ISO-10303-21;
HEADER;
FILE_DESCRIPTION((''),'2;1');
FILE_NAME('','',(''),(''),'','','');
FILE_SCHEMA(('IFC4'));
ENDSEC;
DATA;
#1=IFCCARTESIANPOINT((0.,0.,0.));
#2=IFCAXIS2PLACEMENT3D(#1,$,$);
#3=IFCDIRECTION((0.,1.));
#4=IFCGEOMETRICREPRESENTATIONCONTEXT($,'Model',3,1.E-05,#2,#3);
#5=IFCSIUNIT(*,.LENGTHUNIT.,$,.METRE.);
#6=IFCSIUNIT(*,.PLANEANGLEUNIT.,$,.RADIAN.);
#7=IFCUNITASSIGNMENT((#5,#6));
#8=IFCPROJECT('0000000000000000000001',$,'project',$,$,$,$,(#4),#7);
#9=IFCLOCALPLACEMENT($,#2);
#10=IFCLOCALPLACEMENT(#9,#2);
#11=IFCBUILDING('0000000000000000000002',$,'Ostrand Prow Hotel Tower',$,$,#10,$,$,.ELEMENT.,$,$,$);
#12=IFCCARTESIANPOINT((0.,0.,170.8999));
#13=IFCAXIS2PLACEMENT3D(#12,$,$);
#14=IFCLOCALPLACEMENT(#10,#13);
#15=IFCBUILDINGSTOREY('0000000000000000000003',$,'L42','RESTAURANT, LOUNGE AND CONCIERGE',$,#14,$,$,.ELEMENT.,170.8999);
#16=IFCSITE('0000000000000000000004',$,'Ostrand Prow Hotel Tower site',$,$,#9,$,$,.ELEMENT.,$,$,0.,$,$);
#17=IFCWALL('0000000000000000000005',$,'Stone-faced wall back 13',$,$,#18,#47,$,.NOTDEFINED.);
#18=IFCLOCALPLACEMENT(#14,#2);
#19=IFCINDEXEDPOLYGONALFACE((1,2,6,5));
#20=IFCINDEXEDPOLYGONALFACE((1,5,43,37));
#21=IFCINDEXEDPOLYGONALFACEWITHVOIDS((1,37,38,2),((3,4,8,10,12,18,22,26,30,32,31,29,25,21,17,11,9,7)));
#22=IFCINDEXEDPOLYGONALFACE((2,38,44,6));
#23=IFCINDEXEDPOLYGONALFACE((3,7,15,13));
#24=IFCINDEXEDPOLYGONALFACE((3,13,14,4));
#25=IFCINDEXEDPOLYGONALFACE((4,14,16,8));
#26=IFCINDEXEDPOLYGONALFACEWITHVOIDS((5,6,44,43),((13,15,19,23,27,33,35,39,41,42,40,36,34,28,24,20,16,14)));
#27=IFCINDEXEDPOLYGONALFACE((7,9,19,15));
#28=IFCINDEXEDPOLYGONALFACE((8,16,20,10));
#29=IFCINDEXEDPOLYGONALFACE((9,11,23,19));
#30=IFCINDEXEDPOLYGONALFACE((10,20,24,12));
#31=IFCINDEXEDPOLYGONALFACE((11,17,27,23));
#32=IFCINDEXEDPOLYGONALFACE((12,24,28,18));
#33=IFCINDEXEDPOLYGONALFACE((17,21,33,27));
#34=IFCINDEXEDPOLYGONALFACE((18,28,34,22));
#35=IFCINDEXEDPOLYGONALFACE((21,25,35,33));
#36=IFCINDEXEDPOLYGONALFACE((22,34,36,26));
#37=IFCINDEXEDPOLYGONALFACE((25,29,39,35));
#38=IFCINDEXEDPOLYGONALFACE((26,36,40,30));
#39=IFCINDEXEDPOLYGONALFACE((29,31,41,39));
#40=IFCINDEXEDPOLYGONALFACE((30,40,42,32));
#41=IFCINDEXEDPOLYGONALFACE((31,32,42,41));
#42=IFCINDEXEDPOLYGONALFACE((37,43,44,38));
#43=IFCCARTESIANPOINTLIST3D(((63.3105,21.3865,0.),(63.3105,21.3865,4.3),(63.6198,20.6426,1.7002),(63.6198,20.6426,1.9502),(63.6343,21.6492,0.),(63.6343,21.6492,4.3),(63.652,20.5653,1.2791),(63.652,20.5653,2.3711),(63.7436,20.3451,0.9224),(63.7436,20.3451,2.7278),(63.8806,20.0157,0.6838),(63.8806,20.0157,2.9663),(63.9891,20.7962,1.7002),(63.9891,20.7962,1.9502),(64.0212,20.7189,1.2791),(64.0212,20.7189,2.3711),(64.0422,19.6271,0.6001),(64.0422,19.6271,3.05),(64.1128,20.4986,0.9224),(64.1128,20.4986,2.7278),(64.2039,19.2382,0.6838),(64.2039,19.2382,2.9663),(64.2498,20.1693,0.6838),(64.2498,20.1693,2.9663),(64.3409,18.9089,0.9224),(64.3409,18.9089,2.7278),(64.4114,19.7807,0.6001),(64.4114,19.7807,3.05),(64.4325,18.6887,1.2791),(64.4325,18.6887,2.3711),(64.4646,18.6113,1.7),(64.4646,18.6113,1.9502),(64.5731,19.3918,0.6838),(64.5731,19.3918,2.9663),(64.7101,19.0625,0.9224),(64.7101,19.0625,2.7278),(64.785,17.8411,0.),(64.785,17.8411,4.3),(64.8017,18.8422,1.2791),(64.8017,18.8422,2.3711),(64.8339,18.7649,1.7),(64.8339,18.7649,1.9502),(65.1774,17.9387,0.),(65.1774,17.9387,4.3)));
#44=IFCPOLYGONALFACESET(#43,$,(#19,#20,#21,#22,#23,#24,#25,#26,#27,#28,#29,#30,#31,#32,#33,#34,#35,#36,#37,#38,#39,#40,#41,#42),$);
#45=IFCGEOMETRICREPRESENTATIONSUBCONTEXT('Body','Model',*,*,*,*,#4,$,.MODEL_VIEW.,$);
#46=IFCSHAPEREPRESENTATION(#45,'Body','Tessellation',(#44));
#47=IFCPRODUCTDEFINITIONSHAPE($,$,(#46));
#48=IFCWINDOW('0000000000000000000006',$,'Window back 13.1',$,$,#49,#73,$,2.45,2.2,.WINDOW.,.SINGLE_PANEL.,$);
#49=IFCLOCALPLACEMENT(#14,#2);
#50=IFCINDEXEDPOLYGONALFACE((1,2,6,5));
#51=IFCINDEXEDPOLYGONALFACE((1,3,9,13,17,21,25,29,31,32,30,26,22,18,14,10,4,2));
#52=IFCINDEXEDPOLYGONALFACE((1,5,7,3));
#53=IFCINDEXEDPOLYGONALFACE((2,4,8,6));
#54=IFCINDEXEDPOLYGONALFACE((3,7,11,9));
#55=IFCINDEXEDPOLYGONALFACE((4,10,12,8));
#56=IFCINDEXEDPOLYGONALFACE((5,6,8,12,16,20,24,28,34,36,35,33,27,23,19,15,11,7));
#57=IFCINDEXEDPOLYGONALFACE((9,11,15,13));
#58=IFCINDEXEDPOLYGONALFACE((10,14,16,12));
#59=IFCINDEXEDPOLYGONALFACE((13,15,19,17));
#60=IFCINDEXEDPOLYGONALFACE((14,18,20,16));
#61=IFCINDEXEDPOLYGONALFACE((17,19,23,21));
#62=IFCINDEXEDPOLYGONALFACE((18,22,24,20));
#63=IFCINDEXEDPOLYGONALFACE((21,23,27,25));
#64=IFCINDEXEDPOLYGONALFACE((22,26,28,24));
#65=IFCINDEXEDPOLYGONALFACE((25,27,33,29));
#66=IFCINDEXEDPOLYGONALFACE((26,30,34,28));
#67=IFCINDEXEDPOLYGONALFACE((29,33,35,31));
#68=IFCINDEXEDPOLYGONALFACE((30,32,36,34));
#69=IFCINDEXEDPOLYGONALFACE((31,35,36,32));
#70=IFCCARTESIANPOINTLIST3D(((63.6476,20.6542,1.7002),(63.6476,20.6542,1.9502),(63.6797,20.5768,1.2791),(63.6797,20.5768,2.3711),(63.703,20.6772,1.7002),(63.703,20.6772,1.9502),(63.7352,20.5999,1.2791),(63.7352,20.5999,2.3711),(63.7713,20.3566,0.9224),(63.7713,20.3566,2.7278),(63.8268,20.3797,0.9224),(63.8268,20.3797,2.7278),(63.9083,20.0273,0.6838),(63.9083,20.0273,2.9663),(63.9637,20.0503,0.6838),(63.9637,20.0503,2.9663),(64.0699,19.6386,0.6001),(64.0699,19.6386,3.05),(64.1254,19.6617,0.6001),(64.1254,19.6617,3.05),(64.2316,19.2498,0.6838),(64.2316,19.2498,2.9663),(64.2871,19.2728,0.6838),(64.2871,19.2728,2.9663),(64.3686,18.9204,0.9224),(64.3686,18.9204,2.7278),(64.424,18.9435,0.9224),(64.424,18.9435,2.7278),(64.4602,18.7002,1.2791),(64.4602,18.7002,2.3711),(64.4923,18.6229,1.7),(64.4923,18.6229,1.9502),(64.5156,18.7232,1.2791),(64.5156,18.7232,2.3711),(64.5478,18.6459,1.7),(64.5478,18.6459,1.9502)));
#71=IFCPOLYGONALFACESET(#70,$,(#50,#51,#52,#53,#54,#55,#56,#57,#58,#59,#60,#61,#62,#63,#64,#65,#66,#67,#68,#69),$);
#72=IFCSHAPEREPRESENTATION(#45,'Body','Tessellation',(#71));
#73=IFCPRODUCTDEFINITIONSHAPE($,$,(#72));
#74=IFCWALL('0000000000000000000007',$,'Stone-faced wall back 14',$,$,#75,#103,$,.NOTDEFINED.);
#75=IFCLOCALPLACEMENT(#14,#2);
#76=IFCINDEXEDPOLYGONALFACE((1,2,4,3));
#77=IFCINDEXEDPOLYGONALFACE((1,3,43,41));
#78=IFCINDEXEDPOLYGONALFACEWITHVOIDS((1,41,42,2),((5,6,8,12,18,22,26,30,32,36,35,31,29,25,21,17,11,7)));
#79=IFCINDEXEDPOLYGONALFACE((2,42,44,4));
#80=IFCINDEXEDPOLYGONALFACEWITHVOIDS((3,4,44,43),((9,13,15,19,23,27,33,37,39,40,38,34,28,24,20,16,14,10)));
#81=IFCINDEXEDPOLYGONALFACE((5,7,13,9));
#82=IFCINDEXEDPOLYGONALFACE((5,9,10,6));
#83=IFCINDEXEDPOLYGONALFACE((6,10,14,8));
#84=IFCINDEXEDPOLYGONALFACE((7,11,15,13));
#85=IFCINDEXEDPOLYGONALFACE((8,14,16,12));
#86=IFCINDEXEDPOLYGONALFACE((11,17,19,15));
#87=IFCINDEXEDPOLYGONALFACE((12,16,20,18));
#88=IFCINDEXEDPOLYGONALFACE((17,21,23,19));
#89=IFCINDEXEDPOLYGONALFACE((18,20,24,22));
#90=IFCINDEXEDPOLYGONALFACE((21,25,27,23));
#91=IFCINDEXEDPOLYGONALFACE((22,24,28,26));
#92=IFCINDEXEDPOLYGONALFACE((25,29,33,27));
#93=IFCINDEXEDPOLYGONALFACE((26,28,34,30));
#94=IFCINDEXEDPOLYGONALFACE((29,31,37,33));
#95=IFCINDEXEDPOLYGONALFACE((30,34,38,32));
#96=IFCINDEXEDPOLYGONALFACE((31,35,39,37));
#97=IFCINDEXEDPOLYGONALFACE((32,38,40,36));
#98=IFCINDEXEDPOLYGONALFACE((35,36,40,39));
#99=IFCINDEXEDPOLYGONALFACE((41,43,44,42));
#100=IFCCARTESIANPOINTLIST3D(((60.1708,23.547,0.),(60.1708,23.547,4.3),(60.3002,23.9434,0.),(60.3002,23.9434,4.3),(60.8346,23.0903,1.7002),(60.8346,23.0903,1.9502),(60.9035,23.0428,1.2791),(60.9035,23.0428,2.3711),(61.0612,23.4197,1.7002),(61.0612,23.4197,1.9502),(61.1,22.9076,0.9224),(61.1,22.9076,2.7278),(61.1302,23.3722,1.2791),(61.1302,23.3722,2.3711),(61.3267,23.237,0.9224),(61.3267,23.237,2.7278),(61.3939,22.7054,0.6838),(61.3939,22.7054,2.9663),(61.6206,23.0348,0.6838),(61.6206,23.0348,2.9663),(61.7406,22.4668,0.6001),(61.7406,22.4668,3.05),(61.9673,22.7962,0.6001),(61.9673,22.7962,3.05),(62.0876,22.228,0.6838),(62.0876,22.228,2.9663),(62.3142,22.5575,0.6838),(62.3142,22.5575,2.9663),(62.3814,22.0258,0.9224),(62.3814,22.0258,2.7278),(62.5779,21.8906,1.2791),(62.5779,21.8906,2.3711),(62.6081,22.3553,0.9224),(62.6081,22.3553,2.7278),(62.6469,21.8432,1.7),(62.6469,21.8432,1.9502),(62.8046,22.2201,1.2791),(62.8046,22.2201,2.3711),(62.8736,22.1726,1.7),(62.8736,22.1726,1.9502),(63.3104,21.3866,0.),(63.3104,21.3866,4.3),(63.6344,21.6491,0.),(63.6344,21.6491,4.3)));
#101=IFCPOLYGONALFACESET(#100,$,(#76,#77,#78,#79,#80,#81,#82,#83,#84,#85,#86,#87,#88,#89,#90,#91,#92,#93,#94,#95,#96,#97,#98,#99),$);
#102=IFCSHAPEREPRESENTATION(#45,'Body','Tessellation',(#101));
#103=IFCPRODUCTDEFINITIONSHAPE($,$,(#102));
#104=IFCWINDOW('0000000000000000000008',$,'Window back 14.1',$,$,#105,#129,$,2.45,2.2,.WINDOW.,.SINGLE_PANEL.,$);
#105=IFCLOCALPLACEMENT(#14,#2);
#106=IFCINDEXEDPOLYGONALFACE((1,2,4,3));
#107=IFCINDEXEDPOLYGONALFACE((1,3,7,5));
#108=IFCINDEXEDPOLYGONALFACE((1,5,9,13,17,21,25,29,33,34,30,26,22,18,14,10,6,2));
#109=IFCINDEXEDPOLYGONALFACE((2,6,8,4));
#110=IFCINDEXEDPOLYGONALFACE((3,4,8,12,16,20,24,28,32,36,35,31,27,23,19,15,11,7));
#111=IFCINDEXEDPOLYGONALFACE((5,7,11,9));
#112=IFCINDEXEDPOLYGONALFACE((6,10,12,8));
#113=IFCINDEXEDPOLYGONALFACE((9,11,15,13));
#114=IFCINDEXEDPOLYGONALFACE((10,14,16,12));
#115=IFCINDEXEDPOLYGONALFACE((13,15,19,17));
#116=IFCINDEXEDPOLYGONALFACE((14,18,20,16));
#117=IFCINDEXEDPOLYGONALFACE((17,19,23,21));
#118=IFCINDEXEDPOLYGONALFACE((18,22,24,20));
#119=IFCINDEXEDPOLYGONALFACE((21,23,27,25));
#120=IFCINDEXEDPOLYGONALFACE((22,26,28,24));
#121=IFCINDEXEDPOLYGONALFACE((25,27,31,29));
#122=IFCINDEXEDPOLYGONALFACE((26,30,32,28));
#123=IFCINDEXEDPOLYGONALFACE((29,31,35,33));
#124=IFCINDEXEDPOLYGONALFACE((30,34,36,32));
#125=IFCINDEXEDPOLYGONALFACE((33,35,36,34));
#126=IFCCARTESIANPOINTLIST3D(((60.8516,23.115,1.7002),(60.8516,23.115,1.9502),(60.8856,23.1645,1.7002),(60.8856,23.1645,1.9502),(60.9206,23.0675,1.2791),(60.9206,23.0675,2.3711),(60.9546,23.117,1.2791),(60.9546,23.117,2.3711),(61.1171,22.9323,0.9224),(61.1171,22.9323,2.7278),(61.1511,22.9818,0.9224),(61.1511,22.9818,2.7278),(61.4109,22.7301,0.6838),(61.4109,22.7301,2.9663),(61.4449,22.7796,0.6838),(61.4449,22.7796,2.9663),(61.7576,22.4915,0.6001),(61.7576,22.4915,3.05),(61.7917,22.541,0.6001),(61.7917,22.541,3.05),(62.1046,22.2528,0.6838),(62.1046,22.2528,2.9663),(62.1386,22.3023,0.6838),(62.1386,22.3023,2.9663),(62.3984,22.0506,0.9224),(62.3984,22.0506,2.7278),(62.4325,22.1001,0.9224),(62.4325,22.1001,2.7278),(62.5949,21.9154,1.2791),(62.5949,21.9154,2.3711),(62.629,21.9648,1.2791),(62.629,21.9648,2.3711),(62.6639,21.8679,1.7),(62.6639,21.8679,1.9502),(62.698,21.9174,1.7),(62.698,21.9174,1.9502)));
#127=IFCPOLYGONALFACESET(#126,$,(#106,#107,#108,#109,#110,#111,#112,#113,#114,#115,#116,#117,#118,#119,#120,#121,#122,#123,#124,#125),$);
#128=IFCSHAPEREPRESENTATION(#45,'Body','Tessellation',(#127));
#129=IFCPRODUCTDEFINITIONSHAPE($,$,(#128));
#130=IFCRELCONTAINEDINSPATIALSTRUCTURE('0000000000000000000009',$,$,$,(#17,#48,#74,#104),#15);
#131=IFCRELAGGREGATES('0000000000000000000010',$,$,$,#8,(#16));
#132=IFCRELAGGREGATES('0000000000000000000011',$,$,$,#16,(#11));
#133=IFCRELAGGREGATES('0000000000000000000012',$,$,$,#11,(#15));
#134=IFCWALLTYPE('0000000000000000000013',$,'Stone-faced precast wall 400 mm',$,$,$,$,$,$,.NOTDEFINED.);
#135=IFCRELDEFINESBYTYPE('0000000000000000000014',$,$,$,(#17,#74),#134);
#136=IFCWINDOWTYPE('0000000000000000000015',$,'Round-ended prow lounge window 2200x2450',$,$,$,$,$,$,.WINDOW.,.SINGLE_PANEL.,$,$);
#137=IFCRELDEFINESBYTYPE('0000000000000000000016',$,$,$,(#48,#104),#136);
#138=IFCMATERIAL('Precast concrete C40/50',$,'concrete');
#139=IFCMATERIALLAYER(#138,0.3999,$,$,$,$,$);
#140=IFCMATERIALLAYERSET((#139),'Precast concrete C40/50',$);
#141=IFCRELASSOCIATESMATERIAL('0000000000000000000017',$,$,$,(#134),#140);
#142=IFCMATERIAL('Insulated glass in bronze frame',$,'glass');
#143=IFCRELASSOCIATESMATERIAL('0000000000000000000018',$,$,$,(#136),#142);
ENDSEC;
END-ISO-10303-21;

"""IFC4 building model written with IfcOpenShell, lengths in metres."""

from ifc_helpers import new_model, si_unit, direction, frame, origin, place, context, subcontext, project, spatial, polyline, outline, extrude, material, layer, layer_set, type_object, element, fill, save


model = new_model("IFC4")

# Units and contexts
model_context = context("Model", 3, precision=1e-05, world=origin(), true_north=direction((0.0, 1.0)))
body_context = subcontext(model_context, "Body", "Model", "MODEL_VIEW")
ifc_project = project(units=[si_unit("LENGTHUNIT", "METRE"), si_unit("PLANEANGLEUNIT", "RADIAN")], contexts=[model_context])

# Site, building, storey
site_placement = place(None, origin())
site = spatial("IfcSite", under=ifc_project, at=site_placement, Name="Ostrand Prow Hotel Tower site", CompositionType="ELEMENT", RefElevation=0.0)
building_placement = place(site_placement, origin())
building = spatial("IfcBuilding", under=site, at=building_placement, Name="Ostrand Prow Hotel Tower", CompositionType="ELEMENT")
storey_placement = place(building_placement, frame((0.0, 0.0, 170.8999)))
storey = spatial("IfcBuildingStorey", under=building, at=storey_placement, Name="L42", Description="RESTAURANT, LOUNGE AND CONCIERGE", CompositionType="ELEMENT", Elevation=170.8999)

# Walls, openings, windows
ifc_material_1 = material(Name="Precast concrete C40/50", Category="concrete")
ifc_layer_1 = layer(ifc_material_1, 0.3999)
ifc_layer_set_1 = layer_set([ifc_layer_1], Name="Precast concrete C40/50")
wall_type_1 = type_object("IfcWallType", Name="Stone-faced precast wall 400 mm", PredefinedType="NOTDEFINED", material=ifc_layer_set_1)
wall_1_placement = place(storey_placement, frame((64.9812, 17.8899, 0.0), z_axis=(0.0, 0.0, 1.0), x_axis=(-0.383998, 0.923334, 0.0)))
wall_1 = element("IfcWall", 1, at=wall_1_placement, inside=storey, type_object=wall_type_1, Name="Stone-faced wall back 13", PredefinedType="NOTDEFINED", context=body_context, shape_type="SweptSolid", body=[
    extrude(outline(polyline([(-0.0303, -0.2), (3.9883, -0.2), (3.8701, 0.2), (0.0303, 0.2), (-0.0303, -0.2)])), origin(), (0.0, 0.0, 1.0), 4.3),
])
opening_1_placement = place(wall_1_placement, frame((0.8645, 0.0, 0.6001)))
opening_1 = element("IfcOpeningElement", 2, at=opening_1_placement, cuts=wall_1, PredefinedType="OPENING", context=body_context, shape_type="SweptSolid", body=[
    extrude(outline(polyline([(0.0, 1.3501), (0.0837, 1.771), (0.3223, 2.1277), (0.679, 2.3662), (1.1001, 2.45), (1.521, 2.3662), (1.8777, 2.1277), (2.1162, 1.771), (2.2, 1.3501), (2.2, 1.1001), (2.1162, 0.679), (1.8777, 0.3223), (1.521, 0.0837), (1.1001, 0.0), (0.679, 0.0837), (0.3223, 0.3223), (0.0837, 0.679), (0.0, 1.0999), (0.0, 1.3501)])), frame((0.0, 0.21, 0.0), z_axis=(0.0, -1.0, 0.0), x_axis=(1.0, 0.0, 0.0)), (0.0, 0.0, 1.0), 0.4199),
])
ifc_material_2 = material(Name="Insulated glass in bronze frame", Category="glass")
window_type = type_object("IfcWindowType", Name="Round-ended prow lounge window 2200x2450", PartitioningType="SINGLE_PANEL", PredefinedType="WINDOW", material=ifc_material_2)
window_1_placement = place(opening_1_placement, origin())
window_1 = element("IfcWindow", 3, at=window_1_placement, inside=storey, type_object=window_type, Name="Window back 13.1", OverallHeight=2.45, OverallWidth=2.2, PartitioningType="SINGLE_PANEL", PredefinedType="WINDOW", context=body_context, shape_type="SweptSolid", body=[
    extrude(outline(polyline([(0.0, 1.3501), (0.0837, 1.771), (0.3223, 2.1277), (0.679, 2.3662), (1.1001, 2.45), (1.521, 2.3662), (1.8777, 2.1277), (2.1162, 1.771), (2.2, 1.3501), (2.2, 1.1001), (2.1162, 0.679), (1.8777, 0.3223), (1.521, 0.0837), (1.1001, 0.0), (0.679, 0.0837), (0.3223, 0.3223), (0.0837, 0.679), (0.0, 1.0999), (0.0, 1.3501)])), frame((0.0, 0.1699, 0.0), z_axis=(0.0, -1.0, 0.0), x_axis=(1.0, 0.0, 0.0)), (0.0, 0.0, 1.0), 0.0601),
])
fill(opening_1, window_1)
wall_2_placement = place(storey_placement, frame((63.4724, 21.5178, 0.0), z_axis=(0.0, 0.0, 1.0), x_axis=(-0.823806, 0.566872, 0.0)))
wall_2 = element("IfcWall", 4, at=wall_2_placement, inside=storey, type_object=wall_type_1, Name="Stone-faced wall back 14", PredefinedType="NOTDEFINED", context=body_context, shape_type="SweptSolid", body=[
    extrude(outline(polyline([(-0.0591, -0.2), (3.9883, -0.2), (3.8701, 0.2), (0.0591, 0.2), (-0.0591, -0.2)])), origin(), (0.0, 0.0, 1.0), 4.3),
])
opening_2_placement = place(wall_2_placement, frame((0.8645, 0.0, 0.6001)))
opening_2 = element("IfcOpeningElement", 5, at=opening_2_placement, cuts=wall_2, PredefinedType="OPENING", context=body_context, shape_type="SweptSolid", body=[
    extrude(outline(polyline([(0.0, 1.3501), (0.0837, 1.771), (0.3223, 2.1277), (0.679, 2.3662), (1.1001, 2.45), (1.521, 2.3662), (1.8777, 2.1277), (2.1162, 1.771), (2.2, 1.3501), (2.2, 1.1001), (2.1162, 0.679), (1.8777, 0.3223), (1.521, 0.0837), (1.1001, 0.0), (0.679, 0.0837), (0.3223, 0.3223), (0.0837, 0.679), (0.0, 1.0999), (0.0, 1.3501)])), frame((0.0, 0.21, 0.0), z_axis=(0.0, -1.0, 0.0), x_axis=(1.0, 0.0, 0.0)), (0.0, 0.0, 1.0), 0.4199),
])
window_2_placement = place(opening_2_placement, origin())
window_2 = element("IfcWindow", 6, at=window_2_placement, inside=storey, type_object=window_type, Name="Window back 14.1", OverallHeight=2.45, OverallWidth=2.2, PartitioningType="SINGLE_PANEL", PredefinedType="WINDOW", context=body_context, shape_type="SweptSolid", body=[
    extrude(outline(polyline([(0.0, 1.3501), (0.0837, 1.771), (0.3223, 2.1277), (0.679, 2.3662), (1.1001, 2.45), (1.521, 2.3662), (1.8777, 2.1277), (2.1162, 1.771), (2.2, 1.3501), (2.2, 1.1001), (2.1162, 0.679), (1.8777, 0.3223), (1.521, 0.0837), (1.1001, 0.0), (0.679, 0.0837), (0.3223, 0.3223), (0.0837, 0.679), (0.0, 1.0999), (0.0, 1.3501)])), frame((0.0, 0.1699, 0.0), z_axis=(0.0, -1.0, 0.0), x_axis=(1.0, 0.0, 0.0)), (0.0, 0.0, 1.0), 0.0601),
])
fill(opening_2, window_2)

save(model, "model.ifc")
